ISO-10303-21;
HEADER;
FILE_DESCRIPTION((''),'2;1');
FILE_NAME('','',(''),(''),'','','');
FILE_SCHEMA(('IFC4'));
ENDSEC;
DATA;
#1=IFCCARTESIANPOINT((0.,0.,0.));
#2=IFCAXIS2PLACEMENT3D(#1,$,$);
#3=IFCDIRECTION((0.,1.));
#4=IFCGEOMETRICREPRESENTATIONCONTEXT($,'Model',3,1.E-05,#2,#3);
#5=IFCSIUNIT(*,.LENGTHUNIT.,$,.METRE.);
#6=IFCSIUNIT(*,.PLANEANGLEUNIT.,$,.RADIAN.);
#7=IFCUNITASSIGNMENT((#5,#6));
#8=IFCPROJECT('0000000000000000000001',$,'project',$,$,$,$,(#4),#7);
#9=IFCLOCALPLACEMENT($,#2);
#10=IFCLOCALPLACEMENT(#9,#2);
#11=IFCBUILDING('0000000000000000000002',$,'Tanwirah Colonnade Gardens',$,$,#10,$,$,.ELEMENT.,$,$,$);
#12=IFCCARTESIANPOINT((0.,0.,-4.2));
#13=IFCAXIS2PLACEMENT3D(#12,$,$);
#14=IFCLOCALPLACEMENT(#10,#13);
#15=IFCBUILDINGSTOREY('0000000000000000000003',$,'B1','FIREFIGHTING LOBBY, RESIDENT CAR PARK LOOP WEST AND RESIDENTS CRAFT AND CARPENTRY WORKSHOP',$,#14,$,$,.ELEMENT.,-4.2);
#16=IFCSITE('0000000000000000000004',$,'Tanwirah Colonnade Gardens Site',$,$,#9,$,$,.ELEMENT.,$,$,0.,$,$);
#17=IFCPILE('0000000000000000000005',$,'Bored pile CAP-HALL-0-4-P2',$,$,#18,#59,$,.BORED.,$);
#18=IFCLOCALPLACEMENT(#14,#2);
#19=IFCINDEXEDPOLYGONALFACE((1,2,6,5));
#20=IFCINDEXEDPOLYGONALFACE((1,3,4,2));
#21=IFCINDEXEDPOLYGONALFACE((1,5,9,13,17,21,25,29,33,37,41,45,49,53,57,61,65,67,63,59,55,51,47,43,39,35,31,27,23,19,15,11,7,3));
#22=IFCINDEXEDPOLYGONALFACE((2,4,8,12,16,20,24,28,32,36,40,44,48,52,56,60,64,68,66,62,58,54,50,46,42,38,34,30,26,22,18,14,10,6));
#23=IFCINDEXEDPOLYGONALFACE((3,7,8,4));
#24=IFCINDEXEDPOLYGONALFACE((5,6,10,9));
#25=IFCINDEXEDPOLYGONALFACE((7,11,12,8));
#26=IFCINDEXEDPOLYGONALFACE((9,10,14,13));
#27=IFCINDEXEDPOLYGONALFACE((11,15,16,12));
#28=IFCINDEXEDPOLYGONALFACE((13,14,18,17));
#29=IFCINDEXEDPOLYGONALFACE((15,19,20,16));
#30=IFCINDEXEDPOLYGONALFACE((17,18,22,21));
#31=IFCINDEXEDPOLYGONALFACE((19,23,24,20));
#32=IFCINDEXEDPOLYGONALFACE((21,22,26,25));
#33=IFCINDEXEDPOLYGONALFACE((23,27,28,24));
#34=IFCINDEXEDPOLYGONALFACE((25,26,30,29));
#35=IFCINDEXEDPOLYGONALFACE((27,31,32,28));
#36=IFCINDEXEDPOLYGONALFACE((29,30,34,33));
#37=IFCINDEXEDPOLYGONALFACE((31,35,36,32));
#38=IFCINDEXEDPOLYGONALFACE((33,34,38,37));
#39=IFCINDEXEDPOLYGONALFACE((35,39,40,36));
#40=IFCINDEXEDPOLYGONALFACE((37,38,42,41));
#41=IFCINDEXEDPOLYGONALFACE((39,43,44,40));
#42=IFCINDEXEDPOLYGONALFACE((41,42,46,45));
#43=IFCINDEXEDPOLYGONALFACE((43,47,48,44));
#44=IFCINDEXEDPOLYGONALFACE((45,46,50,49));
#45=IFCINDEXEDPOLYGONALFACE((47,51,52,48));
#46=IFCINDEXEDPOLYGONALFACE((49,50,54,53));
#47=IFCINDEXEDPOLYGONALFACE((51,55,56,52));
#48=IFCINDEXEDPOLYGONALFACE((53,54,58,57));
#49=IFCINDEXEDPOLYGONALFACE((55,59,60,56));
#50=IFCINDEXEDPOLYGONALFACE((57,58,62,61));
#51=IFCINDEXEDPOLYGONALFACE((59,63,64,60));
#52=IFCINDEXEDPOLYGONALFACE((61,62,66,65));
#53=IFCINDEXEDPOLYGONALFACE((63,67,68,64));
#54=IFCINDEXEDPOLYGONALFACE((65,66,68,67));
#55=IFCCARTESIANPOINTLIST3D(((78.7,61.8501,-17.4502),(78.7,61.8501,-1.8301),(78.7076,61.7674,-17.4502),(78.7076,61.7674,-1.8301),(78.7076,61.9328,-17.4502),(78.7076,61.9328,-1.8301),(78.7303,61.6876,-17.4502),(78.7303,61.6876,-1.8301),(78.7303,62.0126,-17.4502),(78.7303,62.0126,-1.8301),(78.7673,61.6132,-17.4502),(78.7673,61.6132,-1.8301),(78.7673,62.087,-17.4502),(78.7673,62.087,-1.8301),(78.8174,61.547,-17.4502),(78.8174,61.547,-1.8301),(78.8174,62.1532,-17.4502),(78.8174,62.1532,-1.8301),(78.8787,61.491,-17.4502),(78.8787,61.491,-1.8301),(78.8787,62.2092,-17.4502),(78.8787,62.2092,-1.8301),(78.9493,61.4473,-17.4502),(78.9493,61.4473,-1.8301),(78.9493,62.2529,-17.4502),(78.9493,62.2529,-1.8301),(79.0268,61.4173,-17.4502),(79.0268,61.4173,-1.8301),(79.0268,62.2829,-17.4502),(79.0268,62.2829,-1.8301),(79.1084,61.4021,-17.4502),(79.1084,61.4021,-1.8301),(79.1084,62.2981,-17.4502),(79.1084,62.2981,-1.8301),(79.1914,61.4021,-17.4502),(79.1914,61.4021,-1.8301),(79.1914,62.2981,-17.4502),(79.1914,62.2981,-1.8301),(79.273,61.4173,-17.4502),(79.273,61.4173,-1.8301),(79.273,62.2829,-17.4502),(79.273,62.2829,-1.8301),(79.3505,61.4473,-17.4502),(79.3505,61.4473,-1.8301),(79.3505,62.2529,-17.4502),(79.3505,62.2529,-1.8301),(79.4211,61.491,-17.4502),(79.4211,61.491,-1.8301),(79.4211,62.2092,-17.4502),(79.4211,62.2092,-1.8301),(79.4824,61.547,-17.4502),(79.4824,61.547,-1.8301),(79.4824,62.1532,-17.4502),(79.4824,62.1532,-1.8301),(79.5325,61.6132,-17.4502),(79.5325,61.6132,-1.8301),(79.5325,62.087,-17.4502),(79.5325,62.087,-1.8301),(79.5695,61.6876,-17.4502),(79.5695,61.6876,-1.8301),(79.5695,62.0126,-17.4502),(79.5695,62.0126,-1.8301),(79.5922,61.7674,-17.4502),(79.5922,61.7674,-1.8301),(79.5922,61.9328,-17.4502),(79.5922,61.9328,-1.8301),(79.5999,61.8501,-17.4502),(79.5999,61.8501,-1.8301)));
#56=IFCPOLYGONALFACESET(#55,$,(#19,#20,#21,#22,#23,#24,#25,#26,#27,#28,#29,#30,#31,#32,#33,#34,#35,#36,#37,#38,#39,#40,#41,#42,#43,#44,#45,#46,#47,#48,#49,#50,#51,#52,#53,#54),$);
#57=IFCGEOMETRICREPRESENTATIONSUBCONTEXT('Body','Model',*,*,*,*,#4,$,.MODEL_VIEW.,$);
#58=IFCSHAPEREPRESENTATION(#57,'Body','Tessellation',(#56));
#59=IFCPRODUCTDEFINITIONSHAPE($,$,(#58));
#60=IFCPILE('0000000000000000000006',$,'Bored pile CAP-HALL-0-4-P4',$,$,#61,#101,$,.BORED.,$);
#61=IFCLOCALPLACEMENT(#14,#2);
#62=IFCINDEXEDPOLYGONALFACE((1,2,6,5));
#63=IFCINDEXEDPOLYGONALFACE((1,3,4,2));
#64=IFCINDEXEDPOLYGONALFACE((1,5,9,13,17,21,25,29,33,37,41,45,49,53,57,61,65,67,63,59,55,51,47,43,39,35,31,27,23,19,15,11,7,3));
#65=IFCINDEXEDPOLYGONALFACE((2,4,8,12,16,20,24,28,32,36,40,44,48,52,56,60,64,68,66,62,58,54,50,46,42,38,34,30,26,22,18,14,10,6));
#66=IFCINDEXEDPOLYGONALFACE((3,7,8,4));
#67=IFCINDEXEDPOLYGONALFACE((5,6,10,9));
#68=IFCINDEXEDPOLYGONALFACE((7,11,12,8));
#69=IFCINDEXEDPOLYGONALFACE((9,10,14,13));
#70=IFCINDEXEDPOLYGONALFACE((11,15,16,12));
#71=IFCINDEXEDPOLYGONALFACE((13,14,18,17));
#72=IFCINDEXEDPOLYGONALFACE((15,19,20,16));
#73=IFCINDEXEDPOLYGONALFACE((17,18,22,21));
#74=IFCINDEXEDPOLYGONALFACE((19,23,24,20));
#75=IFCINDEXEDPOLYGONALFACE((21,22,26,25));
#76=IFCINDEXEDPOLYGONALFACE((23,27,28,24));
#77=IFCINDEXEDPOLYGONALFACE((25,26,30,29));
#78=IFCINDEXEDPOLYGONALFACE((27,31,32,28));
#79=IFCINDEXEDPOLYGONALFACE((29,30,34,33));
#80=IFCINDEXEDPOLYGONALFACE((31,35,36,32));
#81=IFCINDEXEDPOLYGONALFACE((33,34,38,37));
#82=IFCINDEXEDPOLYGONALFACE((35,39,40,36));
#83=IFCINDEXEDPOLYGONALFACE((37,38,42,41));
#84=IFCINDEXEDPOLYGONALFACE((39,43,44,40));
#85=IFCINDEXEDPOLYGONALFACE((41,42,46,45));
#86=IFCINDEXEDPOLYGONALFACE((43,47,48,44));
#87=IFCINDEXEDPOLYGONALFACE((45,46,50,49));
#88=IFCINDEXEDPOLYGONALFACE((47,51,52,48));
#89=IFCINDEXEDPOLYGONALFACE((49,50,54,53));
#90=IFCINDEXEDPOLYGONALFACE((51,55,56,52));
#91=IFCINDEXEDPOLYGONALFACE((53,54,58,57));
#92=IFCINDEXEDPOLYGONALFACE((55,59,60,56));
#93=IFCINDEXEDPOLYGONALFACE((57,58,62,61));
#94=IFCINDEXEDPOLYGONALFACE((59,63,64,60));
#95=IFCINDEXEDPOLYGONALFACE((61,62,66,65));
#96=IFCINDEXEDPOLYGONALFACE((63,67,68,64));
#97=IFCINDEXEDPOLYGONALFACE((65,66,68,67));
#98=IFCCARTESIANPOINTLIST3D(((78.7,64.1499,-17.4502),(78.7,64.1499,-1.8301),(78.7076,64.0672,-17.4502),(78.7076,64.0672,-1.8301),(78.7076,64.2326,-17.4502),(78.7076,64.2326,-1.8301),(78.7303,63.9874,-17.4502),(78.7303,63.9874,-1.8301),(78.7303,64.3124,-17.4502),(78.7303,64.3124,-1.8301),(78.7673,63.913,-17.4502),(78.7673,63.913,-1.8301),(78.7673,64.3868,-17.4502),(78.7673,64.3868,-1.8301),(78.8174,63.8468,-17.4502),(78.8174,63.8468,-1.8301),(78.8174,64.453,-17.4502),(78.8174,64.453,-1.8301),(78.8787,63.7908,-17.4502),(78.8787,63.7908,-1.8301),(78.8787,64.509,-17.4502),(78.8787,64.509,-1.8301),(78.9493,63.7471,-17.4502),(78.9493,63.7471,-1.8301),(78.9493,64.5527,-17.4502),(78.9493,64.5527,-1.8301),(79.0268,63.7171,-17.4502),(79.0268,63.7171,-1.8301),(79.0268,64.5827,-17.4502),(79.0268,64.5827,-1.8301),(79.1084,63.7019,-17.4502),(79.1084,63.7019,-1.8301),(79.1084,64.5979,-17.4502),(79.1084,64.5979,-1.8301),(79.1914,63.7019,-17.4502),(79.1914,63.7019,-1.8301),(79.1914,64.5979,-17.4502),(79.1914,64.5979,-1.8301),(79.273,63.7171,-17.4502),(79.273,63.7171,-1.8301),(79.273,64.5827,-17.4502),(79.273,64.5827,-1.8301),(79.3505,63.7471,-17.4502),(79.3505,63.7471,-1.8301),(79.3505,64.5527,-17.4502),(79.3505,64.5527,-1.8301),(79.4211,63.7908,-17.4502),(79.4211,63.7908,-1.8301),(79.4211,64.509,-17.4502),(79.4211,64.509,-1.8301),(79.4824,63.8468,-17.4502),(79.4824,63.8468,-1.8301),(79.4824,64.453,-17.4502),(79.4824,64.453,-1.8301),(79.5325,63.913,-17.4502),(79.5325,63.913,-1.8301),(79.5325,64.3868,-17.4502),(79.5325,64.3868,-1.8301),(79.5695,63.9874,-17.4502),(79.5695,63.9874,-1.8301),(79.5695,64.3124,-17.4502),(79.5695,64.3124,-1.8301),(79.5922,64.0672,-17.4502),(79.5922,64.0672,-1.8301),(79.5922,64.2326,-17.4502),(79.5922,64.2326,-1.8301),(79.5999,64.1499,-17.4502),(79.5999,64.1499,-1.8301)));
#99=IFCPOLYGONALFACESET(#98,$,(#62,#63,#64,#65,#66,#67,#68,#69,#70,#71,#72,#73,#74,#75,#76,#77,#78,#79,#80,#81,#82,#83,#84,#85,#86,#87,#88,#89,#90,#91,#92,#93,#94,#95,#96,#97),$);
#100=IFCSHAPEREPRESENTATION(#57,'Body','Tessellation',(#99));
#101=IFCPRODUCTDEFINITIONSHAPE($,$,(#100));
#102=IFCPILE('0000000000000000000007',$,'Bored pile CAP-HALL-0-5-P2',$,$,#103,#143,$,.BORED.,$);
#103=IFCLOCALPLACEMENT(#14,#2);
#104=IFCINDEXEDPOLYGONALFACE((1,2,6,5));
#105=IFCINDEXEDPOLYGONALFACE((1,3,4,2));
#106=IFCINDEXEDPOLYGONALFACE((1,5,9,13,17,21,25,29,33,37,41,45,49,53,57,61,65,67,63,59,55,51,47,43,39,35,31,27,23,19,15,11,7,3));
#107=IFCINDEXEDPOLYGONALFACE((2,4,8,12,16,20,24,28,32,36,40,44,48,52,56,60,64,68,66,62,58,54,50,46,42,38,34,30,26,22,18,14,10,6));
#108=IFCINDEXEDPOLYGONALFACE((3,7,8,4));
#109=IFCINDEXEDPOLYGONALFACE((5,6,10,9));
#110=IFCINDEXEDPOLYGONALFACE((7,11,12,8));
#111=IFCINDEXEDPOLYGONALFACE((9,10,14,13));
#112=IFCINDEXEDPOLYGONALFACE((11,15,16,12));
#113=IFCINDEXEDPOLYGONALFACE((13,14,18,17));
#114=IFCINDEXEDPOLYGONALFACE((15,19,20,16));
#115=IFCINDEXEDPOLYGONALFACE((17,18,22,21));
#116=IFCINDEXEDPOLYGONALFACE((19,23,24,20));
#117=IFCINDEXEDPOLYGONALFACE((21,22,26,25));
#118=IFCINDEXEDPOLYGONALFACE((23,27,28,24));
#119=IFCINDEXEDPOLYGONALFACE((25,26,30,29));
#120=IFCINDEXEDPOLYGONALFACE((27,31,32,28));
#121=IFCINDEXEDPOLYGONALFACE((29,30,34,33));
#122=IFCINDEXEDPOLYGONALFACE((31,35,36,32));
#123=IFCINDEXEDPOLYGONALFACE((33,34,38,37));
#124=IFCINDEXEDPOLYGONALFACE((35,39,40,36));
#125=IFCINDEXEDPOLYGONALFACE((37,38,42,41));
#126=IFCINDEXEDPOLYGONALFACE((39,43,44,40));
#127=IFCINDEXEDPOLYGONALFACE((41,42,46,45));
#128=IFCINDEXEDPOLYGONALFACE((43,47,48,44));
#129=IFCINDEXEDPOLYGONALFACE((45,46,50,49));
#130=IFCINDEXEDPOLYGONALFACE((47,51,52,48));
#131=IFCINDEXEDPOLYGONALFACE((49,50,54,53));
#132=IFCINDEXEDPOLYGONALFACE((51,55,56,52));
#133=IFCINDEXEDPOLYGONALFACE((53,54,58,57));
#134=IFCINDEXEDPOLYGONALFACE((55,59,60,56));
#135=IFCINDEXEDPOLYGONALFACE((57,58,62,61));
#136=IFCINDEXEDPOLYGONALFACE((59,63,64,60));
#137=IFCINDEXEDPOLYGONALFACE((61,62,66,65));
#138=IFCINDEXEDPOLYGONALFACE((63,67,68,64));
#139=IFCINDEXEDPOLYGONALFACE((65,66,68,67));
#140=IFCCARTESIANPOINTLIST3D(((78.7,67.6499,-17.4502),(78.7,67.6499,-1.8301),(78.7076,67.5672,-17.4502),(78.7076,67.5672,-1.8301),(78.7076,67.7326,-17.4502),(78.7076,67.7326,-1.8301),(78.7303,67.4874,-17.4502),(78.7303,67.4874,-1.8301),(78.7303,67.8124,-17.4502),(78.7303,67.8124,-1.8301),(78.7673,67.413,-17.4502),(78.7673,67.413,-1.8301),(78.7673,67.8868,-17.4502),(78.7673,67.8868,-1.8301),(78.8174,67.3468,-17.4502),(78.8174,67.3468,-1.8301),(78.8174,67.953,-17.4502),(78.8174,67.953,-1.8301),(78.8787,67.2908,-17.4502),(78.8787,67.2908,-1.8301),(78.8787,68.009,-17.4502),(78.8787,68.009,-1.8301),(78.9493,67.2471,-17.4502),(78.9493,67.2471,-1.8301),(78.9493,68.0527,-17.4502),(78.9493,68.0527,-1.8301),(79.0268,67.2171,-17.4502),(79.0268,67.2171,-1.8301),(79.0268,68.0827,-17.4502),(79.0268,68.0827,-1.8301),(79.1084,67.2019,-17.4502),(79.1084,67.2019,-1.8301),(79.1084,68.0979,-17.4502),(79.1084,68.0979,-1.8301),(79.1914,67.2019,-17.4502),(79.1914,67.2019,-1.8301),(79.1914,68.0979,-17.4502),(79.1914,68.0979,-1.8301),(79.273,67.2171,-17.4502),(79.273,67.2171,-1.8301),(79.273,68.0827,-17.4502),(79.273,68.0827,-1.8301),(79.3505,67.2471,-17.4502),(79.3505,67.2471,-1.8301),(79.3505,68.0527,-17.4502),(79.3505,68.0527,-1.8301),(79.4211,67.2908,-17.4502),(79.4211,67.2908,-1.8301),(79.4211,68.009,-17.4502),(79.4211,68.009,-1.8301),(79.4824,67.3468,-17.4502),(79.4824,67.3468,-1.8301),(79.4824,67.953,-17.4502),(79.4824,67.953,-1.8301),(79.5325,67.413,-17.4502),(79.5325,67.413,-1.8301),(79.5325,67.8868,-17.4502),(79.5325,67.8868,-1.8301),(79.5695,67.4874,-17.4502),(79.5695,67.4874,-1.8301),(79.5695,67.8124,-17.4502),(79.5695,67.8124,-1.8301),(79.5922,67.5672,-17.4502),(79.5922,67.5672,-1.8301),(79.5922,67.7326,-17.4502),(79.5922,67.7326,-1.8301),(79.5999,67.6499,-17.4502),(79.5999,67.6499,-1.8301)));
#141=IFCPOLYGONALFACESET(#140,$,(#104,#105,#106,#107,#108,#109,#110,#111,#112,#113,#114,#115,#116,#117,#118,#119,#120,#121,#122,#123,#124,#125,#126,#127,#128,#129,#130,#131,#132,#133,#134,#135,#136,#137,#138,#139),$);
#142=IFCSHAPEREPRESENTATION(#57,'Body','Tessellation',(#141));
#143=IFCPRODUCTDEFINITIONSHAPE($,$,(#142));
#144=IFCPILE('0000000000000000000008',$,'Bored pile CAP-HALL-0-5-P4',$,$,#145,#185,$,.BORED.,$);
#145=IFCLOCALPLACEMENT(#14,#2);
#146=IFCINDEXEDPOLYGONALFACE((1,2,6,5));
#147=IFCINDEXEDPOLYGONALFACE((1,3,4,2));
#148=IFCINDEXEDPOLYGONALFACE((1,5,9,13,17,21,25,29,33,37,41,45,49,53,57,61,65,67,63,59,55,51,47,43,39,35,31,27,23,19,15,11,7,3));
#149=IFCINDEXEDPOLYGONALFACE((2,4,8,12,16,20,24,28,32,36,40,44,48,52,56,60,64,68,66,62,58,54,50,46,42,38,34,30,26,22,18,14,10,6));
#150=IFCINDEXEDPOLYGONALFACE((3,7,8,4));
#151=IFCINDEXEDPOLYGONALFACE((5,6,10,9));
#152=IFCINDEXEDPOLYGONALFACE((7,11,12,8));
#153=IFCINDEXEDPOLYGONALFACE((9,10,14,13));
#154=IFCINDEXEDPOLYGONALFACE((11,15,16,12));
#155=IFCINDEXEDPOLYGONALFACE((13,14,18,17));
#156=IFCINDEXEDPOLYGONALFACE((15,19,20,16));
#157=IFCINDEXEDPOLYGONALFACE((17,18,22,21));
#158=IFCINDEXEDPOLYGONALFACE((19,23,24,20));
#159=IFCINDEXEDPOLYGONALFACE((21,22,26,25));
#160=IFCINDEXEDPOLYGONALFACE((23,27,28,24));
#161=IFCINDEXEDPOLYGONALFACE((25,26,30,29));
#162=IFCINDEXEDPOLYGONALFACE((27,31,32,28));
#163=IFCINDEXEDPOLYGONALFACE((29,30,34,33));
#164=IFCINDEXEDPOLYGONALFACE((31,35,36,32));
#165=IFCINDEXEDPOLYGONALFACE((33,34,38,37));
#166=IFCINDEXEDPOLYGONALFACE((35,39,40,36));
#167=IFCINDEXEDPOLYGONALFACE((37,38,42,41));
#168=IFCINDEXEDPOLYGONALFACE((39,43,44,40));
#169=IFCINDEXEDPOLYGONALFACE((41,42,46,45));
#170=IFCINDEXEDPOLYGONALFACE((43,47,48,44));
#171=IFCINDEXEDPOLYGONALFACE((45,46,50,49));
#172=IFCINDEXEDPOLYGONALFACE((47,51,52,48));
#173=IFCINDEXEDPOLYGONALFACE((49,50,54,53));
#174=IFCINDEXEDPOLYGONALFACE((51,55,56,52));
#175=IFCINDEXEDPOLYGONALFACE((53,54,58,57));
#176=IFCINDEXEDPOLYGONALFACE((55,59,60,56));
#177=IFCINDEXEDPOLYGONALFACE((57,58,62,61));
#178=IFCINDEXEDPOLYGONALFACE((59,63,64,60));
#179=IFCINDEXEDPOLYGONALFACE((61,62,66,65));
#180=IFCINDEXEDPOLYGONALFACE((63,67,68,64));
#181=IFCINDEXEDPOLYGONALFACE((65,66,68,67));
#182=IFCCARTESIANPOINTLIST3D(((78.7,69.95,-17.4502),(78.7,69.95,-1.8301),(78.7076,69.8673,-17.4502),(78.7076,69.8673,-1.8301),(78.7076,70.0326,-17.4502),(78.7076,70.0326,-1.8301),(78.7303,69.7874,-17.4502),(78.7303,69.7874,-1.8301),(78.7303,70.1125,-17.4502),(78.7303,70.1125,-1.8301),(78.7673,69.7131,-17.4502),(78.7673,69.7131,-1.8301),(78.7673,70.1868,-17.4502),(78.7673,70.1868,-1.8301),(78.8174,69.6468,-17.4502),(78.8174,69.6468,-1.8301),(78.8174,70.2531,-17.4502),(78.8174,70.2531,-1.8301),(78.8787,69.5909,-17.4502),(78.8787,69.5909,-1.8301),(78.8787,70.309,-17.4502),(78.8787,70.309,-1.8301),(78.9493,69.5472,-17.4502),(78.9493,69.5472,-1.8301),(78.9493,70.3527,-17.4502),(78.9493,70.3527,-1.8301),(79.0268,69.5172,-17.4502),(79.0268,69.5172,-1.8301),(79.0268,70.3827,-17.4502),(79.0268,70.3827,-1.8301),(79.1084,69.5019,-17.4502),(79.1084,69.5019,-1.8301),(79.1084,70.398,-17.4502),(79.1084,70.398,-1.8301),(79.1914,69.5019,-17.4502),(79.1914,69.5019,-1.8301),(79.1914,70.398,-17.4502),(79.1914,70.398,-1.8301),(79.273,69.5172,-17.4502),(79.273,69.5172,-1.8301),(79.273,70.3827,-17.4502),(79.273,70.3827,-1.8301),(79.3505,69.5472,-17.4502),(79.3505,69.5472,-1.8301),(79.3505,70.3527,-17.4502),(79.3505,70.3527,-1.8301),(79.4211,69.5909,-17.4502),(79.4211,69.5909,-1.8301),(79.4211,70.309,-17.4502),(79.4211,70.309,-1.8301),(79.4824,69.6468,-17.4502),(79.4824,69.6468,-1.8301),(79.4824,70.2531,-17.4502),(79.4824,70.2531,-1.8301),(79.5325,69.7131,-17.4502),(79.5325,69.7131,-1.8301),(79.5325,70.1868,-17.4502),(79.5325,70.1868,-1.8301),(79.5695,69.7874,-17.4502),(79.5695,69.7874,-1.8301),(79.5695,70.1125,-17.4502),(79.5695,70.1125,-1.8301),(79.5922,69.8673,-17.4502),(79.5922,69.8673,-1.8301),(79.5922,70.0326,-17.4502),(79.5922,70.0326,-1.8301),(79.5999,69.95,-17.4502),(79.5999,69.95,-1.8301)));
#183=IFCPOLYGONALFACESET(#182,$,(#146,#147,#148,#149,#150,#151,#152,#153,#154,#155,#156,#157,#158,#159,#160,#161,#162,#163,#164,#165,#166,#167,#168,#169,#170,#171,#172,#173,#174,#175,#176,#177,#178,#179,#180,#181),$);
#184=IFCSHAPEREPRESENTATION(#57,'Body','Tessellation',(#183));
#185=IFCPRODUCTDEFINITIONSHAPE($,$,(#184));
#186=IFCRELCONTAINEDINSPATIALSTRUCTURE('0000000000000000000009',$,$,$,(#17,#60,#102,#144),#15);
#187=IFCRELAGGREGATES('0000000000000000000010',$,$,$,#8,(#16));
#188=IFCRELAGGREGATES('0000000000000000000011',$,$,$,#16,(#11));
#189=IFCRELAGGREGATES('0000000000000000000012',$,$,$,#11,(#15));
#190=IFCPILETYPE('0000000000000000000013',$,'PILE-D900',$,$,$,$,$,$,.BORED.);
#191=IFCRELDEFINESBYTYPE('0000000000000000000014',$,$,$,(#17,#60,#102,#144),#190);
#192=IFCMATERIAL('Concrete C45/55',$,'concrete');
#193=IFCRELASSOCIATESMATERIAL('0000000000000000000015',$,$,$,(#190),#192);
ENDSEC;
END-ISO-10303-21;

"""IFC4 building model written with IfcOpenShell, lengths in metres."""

from ifc_helpers import new_model, si_unit, direction, frame, origin, origin_2d, place, context, subcontext, project, spatial, circle, extrude, material, material_profile, profile_set, type_object, element, save


model = new_model("IFC4")

# Units and contexts
model_context = context("Model", 3, precision=1e-05, world=origin(), true_north=direction((0.0, 1.0)))
body_context = subcontext(model_context, "Body", "Model", "MODEL_VIEW")
ifc_project = project(units=[si_unit("LENGTHUNIT", "METRE"), si_unit("PLANEANGLEUNIT", "RADIAN")], contexts=[model_context])

# Site, building, storey
site_placement = place(None, origin())
site = spatial("IfcSite", under=ifc_project, at=site_placement, Name="Tanwirah Colonnade Gardens Site", CompositionType="ELEMENT", RefElevation=0.0)
building_placement = place(site_placement, origin())
building = spatial("IfcBuilding", under=site, at=building_placement, Name="Tanwirah Colonnade Gardens", CompositionType="ELEMENT")
storey_placement = place(building_placement, frame((0.0, 0.0, -4.2)))
storey = spatial("IfcBuildingStorey", under=building, at=storey_placement, Name="B1", Description="FIREFIGHTING LOBBY, RESIDENT CAR PARK LOOP WEST AND RESIDENTS CRAFT AND CARPENTRY WORKSHOP", CompositionType="ELEMENT", Elevation=-4.2)

# Shared definitions
ifc_material_1 = material(Name="Concrete C45/55", Category="concrete")

# Piles
ifc_material_profile_1 = material_profile(ifc_material_1, circle(Radius=0.45, at=origin_2d()), Name="PILE D900")
ifc_profile_set_1 = profile_set([ifc_material_profile_1], Name="Concrete C45/55")
pile_type_1 = type_object("IfcPileType", Name="PILE-D900", PredefinedType="BORED", material=ifc_profile_set_1)
for number, where, z_axis, x_axis, name in (
    (1, (79.1499, 61.8501, -1.8301), (0.0, 0.0, -1.0), (1.0, 0.0, 0.0), "Bored pile CAP-HALL-0-4-P2"),
    (2, (79.1499, 64.1499, -1.8301), (0.0, 0.0, -1.0), (1.0, 0.0, 0.0), "Bored pile CAP-HALL-0-4-P4"),
    (3, (79.1499, 67.6499, -1.8301), (0.0, 0.0, -1.0), (1.0, 0.0, 0.0), "Bored pile CAP-HALL-0-5-P2"),
    (4, (79.1499, 69.95, -1.8301), (0.0, 0.0, -1.0), (1.0, 0.0, 0.0), "Bored pile CAP-HALL-0-5-P4"),
):
    element("IfcPile", number, at=place(storey_placement, frame(where, z_axis=z_axis, x_axis=x_axis)), inside=storey, type_object=pile_type_1, Name=name, PredefinedType="BORED", context=body_context, shape_type="SweptSolid", body=[
        extrude(circle(Radius=0.45, at=origin_2d()), origin(), (0.0, 0.0, 1.0), 15.6201),
    ])

save(model, "model.ifc")
